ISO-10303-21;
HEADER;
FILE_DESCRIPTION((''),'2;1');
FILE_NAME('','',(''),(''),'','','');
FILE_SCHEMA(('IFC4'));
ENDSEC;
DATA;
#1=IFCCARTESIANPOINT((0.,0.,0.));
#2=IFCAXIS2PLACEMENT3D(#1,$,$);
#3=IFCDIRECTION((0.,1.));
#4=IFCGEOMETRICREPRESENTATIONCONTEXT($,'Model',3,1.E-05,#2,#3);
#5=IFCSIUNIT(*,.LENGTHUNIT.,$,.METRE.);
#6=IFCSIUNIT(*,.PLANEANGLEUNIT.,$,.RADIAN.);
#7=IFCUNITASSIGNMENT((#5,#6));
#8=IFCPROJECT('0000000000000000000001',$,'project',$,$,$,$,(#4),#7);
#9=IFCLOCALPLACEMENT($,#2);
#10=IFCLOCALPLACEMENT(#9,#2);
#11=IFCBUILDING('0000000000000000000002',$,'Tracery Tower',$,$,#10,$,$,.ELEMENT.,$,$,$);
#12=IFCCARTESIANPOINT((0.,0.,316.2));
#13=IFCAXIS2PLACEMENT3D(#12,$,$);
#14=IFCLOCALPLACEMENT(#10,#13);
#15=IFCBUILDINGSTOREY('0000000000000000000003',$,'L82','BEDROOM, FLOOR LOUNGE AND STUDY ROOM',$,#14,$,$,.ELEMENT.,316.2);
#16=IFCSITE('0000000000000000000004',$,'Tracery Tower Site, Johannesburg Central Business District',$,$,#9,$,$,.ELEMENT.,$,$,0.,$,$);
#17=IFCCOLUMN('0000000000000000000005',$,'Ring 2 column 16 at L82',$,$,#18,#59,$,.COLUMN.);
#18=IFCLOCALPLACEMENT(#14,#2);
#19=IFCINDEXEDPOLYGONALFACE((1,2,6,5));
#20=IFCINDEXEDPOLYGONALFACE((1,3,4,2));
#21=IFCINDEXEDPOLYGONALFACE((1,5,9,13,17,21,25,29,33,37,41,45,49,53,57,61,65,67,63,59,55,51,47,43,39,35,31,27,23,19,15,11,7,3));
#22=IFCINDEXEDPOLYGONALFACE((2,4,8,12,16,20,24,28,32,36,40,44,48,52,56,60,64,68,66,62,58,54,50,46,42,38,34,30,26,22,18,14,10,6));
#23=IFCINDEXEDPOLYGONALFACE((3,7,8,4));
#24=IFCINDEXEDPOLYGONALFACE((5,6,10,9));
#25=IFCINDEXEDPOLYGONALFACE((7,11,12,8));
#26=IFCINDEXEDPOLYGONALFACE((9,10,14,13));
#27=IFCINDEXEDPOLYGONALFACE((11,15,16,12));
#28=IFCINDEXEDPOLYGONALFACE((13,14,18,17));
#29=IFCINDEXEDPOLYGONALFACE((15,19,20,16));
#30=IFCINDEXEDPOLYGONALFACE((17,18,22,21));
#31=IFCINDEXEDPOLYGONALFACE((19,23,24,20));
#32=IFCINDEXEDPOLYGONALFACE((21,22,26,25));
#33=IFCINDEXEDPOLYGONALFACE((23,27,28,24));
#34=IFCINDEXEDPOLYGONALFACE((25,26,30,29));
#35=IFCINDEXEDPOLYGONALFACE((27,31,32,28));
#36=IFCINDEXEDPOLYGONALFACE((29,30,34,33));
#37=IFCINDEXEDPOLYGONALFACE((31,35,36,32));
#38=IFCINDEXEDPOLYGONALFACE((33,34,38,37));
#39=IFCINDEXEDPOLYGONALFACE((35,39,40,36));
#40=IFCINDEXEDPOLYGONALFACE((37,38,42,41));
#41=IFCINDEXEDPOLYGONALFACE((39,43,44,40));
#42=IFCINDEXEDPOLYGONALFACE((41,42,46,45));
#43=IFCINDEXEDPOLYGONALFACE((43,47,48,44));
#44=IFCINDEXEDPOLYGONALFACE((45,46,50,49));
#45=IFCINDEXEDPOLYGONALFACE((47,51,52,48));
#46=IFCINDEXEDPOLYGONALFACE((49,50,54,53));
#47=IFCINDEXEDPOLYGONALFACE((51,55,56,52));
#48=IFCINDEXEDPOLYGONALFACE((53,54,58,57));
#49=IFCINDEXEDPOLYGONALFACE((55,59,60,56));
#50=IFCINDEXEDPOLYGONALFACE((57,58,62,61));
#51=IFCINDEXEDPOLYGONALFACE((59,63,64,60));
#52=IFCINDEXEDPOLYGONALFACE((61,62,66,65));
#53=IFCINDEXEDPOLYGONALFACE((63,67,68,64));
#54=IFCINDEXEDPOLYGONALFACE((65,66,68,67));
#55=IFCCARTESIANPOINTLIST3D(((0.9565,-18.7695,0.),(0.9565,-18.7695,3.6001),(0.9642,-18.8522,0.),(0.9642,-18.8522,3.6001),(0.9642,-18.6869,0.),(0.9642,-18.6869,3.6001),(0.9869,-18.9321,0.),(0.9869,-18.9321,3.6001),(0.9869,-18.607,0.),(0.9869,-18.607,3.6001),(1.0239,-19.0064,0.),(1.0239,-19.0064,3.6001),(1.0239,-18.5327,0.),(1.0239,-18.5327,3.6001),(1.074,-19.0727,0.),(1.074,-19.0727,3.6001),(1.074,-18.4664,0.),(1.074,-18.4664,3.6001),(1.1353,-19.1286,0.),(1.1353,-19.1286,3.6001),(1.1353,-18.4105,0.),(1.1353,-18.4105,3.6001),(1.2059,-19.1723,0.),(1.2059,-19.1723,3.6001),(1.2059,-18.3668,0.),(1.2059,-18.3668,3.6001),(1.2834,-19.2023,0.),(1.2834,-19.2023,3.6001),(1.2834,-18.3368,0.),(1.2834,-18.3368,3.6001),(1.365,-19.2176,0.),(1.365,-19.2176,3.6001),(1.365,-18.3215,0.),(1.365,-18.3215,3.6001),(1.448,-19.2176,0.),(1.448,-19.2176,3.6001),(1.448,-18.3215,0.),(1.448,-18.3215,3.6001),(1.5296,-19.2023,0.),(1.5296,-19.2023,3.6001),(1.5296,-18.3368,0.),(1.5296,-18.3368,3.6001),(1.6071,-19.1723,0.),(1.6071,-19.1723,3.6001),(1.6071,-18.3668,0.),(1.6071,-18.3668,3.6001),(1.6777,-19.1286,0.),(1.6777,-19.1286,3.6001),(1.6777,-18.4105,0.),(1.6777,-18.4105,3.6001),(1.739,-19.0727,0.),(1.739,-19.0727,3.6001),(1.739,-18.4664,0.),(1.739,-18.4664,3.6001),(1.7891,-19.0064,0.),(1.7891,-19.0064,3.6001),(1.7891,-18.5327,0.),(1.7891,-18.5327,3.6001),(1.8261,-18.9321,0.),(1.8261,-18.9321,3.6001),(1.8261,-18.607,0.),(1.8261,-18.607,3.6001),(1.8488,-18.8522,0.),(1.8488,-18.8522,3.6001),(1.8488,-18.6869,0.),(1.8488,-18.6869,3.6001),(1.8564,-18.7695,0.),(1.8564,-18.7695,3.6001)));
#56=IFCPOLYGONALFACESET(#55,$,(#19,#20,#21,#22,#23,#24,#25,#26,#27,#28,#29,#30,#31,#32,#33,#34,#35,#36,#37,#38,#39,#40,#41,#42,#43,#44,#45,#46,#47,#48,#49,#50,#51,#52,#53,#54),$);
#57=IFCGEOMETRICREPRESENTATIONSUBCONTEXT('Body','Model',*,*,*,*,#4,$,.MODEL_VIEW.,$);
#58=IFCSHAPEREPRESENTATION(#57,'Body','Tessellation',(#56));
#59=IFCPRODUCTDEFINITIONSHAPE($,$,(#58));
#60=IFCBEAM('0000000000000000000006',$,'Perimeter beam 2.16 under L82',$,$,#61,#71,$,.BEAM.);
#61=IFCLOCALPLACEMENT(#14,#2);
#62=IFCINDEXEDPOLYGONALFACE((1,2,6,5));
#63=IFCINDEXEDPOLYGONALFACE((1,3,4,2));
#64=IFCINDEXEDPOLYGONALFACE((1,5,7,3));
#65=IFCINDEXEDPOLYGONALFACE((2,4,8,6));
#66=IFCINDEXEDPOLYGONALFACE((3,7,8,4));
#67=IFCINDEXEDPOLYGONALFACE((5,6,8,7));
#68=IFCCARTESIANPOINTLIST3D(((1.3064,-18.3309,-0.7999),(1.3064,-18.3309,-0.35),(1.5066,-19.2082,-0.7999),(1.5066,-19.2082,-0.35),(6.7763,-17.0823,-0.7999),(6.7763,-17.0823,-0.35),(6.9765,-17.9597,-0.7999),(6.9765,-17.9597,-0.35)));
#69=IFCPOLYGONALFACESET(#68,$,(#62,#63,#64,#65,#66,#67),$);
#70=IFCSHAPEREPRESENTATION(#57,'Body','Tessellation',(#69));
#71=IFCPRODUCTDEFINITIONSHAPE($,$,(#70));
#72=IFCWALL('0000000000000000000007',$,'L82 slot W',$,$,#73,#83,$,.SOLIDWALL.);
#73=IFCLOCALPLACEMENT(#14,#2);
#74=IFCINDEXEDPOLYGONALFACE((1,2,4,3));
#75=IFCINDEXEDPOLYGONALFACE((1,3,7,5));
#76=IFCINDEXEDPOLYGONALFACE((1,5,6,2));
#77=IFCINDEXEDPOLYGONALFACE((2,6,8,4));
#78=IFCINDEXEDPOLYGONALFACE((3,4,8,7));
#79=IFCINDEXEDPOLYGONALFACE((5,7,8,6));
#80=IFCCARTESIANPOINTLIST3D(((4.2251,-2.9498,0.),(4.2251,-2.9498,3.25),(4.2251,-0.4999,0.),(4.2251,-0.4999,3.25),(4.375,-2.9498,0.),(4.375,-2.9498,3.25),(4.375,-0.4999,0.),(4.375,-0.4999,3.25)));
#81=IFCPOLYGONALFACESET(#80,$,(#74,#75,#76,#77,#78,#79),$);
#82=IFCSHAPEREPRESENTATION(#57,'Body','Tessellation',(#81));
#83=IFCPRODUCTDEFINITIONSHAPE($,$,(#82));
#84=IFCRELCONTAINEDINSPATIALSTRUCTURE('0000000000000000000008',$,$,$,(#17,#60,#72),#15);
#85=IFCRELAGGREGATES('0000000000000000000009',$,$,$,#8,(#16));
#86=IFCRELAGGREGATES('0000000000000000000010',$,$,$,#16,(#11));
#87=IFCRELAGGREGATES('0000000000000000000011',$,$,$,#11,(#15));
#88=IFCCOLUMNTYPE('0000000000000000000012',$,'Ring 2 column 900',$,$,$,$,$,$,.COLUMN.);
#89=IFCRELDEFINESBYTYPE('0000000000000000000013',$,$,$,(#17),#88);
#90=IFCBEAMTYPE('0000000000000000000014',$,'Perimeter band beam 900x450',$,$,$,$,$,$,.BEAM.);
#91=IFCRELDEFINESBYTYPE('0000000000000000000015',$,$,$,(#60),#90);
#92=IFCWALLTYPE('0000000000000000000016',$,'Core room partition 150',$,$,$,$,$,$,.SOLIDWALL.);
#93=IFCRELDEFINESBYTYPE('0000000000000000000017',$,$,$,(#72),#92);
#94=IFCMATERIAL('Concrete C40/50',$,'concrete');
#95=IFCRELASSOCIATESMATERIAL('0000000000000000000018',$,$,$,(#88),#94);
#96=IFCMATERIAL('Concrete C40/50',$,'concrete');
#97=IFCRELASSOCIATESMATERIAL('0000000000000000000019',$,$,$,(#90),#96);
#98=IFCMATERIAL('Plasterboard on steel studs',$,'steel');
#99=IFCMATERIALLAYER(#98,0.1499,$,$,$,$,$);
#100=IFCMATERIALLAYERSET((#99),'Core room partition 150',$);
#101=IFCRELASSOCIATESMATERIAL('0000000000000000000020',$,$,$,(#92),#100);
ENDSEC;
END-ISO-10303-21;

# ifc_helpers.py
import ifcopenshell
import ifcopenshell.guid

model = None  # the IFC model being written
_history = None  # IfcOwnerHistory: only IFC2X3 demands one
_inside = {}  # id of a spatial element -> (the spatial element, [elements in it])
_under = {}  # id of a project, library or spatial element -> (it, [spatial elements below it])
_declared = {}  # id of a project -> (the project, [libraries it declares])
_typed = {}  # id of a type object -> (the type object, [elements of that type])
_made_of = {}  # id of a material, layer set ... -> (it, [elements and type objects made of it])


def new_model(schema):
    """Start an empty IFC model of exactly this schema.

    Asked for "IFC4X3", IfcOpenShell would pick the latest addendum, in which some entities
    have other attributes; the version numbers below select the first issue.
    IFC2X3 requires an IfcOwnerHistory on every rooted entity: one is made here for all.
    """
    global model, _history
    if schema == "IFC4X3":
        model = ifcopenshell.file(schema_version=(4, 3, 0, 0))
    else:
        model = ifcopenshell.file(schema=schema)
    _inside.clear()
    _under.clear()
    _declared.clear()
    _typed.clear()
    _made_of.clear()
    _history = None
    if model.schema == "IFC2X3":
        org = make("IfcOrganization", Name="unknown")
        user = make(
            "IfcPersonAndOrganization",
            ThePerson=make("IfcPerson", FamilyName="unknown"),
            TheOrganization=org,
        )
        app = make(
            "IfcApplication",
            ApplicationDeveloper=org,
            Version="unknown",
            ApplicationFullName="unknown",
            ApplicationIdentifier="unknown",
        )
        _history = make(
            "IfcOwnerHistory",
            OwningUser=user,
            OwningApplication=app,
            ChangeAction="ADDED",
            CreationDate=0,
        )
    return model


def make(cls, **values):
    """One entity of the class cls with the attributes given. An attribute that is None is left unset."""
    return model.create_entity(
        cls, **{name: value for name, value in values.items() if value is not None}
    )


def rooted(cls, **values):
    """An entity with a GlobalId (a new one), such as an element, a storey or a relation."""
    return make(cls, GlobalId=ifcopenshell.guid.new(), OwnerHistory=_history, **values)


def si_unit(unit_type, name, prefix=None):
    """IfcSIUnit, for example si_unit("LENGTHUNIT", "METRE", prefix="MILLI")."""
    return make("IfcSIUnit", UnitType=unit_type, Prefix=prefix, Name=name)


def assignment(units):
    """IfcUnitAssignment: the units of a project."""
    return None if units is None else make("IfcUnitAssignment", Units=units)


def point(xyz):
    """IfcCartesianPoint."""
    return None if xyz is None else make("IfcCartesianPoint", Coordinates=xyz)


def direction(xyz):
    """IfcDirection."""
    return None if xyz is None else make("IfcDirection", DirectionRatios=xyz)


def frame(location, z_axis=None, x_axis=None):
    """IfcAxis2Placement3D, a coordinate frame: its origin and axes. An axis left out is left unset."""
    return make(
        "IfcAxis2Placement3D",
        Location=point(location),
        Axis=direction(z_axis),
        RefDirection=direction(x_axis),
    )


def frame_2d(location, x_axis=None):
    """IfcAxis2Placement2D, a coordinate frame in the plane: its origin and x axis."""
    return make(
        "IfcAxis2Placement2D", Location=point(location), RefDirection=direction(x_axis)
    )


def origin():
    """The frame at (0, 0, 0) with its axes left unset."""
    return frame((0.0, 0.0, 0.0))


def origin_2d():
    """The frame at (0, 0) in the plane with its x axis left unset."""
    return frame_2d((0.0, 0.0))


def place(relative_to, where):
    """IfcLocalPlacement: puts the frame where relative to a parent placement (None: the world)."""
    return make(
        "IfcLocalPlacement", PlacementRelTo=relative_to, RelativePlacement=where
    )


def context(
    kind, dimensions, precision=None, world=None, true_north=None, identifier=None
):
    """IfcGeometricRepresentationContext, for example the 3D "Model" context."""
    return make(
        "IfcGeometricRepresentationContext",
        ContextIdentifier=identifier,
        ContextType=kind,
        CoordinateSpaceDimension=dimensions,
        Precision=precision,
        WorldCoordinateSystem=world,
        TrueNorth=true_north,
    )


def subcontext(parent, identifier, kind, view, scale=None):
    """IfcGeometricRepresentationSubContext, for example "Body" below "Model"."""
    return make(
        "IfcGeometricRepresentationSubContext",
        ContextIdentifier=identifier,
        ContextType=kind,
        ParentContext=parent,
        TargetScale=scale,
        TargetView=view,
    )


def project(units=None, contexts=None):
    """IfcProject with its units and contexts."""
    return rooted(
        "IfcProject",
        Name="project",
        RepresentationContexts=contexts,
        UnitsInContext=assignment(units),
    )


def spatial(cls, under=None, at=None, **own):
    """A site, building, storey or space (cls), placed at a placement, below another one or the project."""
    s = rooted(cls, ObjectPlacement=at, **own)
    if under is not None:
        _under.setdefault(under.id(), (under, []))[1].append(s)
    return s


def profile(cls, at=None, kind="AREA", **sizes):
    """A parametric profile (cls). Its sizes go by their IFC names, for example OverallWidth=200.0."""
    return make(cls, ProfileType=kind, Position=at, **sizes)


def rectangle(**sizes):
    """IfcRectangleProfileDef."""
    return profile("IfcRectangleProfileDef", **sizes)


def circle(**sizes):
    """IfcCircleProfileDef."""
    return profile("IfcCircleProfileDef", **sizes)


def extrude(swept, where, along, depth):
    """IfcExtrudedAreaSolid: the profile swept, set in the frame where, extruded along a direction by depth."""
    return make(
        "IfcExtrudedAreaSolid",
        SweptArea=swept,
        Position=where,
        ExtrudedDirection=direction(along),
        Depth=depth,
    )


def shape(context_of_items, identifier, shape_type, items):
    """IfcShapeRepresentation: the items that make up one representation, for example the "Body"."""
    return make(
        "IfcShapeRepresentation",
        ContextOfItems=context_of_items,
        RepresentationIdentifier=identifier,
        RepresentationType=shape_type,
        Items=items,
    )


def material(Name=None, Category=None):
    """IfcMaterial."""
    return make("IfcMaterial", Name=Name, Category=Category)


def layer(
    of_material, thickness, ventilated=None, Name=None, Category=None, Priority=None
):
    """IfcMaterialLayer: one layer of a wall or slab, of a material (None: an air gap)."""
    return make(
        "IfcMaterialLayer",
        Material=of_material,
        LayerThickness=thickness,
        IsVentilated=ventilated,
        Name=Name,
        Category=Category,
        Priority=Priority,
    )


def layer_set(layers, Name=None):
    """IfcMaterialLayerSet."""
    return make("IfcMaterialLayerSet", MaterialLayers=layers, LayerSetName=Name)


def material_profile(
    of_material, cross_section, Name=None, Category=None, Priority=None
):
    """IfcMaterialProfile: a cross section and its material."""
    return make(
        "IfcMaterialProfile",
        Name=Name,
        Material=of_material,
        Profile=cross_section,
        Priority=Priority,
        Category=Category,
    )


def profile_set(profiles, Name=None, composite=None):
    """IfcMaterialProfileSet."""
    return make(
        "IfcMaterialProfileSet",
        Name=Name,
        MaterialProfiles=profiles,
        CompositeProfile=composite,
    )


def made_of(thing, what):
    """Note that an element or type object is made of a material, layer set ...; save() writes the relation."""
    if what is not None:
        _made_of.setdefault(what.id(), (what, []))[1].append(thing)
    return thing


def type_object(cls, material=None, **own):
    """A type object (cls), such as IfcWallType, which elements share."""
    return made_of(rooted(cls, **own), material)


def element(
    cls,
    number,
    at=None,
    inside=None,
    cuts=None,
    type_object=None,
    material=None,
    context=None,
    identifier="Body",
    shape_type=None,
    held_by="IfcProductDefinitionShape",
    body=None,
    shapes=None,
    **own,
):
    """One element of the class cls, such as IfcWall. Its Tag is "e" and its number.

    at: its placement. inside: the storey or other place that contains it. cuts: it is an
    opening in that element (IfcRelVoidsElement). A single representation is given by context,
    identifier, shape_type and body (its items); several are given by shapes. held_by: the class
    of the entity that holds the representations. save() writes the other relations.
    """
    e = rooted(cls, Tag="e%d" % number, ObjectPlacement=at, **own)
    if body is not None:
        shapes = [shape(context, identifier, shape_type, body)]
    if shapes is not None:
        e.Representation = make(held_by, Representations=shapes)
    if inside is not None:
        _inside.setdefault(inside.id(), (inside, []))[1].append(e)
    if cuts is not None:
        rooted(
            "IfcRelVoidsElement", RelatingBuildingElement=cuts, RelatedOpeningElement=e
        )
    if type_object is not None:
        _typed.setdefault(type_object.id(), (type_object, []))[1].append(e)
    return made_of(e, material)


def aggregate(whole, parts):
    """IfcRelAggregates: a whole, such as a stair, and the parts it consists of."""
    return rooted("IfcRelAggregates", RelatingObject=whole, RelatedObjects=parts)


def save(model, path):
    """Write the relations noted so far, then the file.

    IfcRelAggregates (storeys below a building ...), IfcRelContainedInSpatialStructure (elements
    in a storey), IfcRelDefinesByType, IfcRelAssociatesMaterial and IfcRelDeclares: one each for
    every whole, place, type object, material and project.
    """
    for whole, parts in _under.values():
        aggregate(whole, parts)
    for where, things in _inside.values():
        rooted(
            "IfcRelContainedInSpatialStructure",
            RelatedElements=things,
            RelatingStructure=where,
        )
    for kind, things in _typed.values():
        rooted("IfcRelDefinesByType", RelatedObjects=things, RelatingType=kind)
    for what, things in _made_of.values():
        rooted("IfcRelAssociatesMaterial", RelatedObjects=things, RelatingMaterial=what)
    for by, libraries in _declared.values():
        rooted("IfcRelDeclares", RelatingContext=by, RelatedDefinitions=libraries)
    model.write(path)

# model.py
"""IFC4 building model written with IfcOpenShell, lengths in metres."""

from ifc_helpers import new_model, si_unit, direction, frame, frame_2d, origin, origin_2d, place, context, subcontext, project, spatial, rectangle, circle, extrude, material, layer, layer_set, material_profile, profile_set, type_object, element, save


model = new_model("IFC4")

# Units and contexts
model_context = context("Model", 3, precision=1e-05, world=origin(), true_north=direction((0.0, 1.0)))
body_context = subcontext(model_context, "Body", "Model", "MODEL_VIEW")
ifc_project = project(units=[si_unit("LENGTHUNIT", "METRE"), si_unit("PLANEANGLEUNIT", "RADIAN")], contexts=[model_context])

# Site, building, storey
site_placement = place(None, origin())
site = spatial("IfcSite", under=ifc_project, at=site_placement, Name="Tracery Tower Site, Johannesburg Central Business District", CompositionType="ELEMENT", RefElevation=0.0)
building_placement = place(site_placement, origin())
building = spatial("IfcBuilding", under=site, at=building_placement, Name="Tracery Tower", CompositionType="ELEMENT")
storey_placement = place(building_placement, frame((0.0, 0.0, 316.2)))
storey = spatial("IfcBuildingStorey", under=building, at=storey_placement, Name="L82", Description="BEDROOM, FLOOR LOUNGE AND STUDY ROOM", CompositionType="ELEMENT", Elevation=316.2)

# Column
ifc_material_1 = material(Name="Concrete C40/50", Category="concrete")
ifc_material_profile_1 = material_profile(ifc_material_1, circle(Radius=0.45, at=origin_2d()), Name="RC D900")
ifc_profile_set_1 = profile_set([ifc_material_profile_1], Name="Concrete C40/50")
column_type = type_object("IfcColumnType", Name="Ring 2 column 900", PredefinedType="COLUMN", material=ifc_profile_set_1)
column_placement = place(storey_placement, frame((1.4065, -18.7695, 0.0), z_axis=(0.0, 0.0, 1.0), x_axis=(1.0, 0.0, 0.0)))
element("IfcColumn", 1, at=column_placement, inside=storey, type_object=column_type, Name="Ring 2 column 16 at L82", PredefinedType="COLUMN", context=body_context, shape_type="SweptSolid", body=[
    extrude(circle(Radius=0.45, at=origin_2d()), origin(), (0.0, 0.0, 1.0), 3.6001),
])

# Beam
ifc_material_2 = material(Name="Concrete C40/50", Category="concrete")
ifc_material_profile_2 = material_profile(ifc_material_2, rectangle(XDim=0.8999, YDim=0.45, at=origin_2d()), Name="RC 900x450")
ifc_profile_set_2 = profile_set([ifc_material_profile_2], Name="Concrete C40/50")
beam_type = type_object("IfcBeamType", Name="Perimeter band beam 900x450", PredefinedType="BEAM", material=ifc_profile_set_2)
beam_placement = place(storey_placement, frame((1.4065, -18.7695, -0.575), z_axis=(0.974926, 0.222529, 0.0), x_axis=(-0.222529, 0.974926, 0.0)))
element("IfcBeam", 2, at=beam_placement, inside=storey, type_object=beam_type, Name="Perimeter beam 2.16 under L82", PredefinedType="BEAM", context=body_context, shape_type="SweptSolid", body=[
    extrude(rectangle(XDim=0.8999, YDim=0.45, at=origin_2d()), origin(), (0.0, 0.0, 1.0), 5.6106),
])

# Wall
ifc_material_3 = material(Name="Plasterboard on steel studs", Category="steel")
ifc_layer_1 = layer(ifc_material_3, 0.1499)
ifc_layer_set_1 = layer_set([ifc_layer_1], Name="Core room partition 150")
wall_type_1 = type_object("IfcWallType", Name="Core room partition 150", PredefinedType="SOLIDWALL", material=ifc_layer_set_1)
wall_1_placement = place(storey_placement, frame((4.3, -2.95, 0.0), z_axis=(0.0, 0.0, 1.0), x_axis=(0.0, 1.0, 0.0)))
element("IfcWall", 3, at=wall_1_placement, inside=storey, type_object=wall_type_1, Name="L82 slot W", PredefinedType="SOLIDWALL", context=body_context, shape_type="SweptSolid", body=[
    extrude(rectangle(XDim=2.45, YDim=0.1499, at=frame_2d((1.2251, 0.0))), origin(), (0.0, 0.0, 1.0), 3.25),
])

save(model, "model.ifc")
